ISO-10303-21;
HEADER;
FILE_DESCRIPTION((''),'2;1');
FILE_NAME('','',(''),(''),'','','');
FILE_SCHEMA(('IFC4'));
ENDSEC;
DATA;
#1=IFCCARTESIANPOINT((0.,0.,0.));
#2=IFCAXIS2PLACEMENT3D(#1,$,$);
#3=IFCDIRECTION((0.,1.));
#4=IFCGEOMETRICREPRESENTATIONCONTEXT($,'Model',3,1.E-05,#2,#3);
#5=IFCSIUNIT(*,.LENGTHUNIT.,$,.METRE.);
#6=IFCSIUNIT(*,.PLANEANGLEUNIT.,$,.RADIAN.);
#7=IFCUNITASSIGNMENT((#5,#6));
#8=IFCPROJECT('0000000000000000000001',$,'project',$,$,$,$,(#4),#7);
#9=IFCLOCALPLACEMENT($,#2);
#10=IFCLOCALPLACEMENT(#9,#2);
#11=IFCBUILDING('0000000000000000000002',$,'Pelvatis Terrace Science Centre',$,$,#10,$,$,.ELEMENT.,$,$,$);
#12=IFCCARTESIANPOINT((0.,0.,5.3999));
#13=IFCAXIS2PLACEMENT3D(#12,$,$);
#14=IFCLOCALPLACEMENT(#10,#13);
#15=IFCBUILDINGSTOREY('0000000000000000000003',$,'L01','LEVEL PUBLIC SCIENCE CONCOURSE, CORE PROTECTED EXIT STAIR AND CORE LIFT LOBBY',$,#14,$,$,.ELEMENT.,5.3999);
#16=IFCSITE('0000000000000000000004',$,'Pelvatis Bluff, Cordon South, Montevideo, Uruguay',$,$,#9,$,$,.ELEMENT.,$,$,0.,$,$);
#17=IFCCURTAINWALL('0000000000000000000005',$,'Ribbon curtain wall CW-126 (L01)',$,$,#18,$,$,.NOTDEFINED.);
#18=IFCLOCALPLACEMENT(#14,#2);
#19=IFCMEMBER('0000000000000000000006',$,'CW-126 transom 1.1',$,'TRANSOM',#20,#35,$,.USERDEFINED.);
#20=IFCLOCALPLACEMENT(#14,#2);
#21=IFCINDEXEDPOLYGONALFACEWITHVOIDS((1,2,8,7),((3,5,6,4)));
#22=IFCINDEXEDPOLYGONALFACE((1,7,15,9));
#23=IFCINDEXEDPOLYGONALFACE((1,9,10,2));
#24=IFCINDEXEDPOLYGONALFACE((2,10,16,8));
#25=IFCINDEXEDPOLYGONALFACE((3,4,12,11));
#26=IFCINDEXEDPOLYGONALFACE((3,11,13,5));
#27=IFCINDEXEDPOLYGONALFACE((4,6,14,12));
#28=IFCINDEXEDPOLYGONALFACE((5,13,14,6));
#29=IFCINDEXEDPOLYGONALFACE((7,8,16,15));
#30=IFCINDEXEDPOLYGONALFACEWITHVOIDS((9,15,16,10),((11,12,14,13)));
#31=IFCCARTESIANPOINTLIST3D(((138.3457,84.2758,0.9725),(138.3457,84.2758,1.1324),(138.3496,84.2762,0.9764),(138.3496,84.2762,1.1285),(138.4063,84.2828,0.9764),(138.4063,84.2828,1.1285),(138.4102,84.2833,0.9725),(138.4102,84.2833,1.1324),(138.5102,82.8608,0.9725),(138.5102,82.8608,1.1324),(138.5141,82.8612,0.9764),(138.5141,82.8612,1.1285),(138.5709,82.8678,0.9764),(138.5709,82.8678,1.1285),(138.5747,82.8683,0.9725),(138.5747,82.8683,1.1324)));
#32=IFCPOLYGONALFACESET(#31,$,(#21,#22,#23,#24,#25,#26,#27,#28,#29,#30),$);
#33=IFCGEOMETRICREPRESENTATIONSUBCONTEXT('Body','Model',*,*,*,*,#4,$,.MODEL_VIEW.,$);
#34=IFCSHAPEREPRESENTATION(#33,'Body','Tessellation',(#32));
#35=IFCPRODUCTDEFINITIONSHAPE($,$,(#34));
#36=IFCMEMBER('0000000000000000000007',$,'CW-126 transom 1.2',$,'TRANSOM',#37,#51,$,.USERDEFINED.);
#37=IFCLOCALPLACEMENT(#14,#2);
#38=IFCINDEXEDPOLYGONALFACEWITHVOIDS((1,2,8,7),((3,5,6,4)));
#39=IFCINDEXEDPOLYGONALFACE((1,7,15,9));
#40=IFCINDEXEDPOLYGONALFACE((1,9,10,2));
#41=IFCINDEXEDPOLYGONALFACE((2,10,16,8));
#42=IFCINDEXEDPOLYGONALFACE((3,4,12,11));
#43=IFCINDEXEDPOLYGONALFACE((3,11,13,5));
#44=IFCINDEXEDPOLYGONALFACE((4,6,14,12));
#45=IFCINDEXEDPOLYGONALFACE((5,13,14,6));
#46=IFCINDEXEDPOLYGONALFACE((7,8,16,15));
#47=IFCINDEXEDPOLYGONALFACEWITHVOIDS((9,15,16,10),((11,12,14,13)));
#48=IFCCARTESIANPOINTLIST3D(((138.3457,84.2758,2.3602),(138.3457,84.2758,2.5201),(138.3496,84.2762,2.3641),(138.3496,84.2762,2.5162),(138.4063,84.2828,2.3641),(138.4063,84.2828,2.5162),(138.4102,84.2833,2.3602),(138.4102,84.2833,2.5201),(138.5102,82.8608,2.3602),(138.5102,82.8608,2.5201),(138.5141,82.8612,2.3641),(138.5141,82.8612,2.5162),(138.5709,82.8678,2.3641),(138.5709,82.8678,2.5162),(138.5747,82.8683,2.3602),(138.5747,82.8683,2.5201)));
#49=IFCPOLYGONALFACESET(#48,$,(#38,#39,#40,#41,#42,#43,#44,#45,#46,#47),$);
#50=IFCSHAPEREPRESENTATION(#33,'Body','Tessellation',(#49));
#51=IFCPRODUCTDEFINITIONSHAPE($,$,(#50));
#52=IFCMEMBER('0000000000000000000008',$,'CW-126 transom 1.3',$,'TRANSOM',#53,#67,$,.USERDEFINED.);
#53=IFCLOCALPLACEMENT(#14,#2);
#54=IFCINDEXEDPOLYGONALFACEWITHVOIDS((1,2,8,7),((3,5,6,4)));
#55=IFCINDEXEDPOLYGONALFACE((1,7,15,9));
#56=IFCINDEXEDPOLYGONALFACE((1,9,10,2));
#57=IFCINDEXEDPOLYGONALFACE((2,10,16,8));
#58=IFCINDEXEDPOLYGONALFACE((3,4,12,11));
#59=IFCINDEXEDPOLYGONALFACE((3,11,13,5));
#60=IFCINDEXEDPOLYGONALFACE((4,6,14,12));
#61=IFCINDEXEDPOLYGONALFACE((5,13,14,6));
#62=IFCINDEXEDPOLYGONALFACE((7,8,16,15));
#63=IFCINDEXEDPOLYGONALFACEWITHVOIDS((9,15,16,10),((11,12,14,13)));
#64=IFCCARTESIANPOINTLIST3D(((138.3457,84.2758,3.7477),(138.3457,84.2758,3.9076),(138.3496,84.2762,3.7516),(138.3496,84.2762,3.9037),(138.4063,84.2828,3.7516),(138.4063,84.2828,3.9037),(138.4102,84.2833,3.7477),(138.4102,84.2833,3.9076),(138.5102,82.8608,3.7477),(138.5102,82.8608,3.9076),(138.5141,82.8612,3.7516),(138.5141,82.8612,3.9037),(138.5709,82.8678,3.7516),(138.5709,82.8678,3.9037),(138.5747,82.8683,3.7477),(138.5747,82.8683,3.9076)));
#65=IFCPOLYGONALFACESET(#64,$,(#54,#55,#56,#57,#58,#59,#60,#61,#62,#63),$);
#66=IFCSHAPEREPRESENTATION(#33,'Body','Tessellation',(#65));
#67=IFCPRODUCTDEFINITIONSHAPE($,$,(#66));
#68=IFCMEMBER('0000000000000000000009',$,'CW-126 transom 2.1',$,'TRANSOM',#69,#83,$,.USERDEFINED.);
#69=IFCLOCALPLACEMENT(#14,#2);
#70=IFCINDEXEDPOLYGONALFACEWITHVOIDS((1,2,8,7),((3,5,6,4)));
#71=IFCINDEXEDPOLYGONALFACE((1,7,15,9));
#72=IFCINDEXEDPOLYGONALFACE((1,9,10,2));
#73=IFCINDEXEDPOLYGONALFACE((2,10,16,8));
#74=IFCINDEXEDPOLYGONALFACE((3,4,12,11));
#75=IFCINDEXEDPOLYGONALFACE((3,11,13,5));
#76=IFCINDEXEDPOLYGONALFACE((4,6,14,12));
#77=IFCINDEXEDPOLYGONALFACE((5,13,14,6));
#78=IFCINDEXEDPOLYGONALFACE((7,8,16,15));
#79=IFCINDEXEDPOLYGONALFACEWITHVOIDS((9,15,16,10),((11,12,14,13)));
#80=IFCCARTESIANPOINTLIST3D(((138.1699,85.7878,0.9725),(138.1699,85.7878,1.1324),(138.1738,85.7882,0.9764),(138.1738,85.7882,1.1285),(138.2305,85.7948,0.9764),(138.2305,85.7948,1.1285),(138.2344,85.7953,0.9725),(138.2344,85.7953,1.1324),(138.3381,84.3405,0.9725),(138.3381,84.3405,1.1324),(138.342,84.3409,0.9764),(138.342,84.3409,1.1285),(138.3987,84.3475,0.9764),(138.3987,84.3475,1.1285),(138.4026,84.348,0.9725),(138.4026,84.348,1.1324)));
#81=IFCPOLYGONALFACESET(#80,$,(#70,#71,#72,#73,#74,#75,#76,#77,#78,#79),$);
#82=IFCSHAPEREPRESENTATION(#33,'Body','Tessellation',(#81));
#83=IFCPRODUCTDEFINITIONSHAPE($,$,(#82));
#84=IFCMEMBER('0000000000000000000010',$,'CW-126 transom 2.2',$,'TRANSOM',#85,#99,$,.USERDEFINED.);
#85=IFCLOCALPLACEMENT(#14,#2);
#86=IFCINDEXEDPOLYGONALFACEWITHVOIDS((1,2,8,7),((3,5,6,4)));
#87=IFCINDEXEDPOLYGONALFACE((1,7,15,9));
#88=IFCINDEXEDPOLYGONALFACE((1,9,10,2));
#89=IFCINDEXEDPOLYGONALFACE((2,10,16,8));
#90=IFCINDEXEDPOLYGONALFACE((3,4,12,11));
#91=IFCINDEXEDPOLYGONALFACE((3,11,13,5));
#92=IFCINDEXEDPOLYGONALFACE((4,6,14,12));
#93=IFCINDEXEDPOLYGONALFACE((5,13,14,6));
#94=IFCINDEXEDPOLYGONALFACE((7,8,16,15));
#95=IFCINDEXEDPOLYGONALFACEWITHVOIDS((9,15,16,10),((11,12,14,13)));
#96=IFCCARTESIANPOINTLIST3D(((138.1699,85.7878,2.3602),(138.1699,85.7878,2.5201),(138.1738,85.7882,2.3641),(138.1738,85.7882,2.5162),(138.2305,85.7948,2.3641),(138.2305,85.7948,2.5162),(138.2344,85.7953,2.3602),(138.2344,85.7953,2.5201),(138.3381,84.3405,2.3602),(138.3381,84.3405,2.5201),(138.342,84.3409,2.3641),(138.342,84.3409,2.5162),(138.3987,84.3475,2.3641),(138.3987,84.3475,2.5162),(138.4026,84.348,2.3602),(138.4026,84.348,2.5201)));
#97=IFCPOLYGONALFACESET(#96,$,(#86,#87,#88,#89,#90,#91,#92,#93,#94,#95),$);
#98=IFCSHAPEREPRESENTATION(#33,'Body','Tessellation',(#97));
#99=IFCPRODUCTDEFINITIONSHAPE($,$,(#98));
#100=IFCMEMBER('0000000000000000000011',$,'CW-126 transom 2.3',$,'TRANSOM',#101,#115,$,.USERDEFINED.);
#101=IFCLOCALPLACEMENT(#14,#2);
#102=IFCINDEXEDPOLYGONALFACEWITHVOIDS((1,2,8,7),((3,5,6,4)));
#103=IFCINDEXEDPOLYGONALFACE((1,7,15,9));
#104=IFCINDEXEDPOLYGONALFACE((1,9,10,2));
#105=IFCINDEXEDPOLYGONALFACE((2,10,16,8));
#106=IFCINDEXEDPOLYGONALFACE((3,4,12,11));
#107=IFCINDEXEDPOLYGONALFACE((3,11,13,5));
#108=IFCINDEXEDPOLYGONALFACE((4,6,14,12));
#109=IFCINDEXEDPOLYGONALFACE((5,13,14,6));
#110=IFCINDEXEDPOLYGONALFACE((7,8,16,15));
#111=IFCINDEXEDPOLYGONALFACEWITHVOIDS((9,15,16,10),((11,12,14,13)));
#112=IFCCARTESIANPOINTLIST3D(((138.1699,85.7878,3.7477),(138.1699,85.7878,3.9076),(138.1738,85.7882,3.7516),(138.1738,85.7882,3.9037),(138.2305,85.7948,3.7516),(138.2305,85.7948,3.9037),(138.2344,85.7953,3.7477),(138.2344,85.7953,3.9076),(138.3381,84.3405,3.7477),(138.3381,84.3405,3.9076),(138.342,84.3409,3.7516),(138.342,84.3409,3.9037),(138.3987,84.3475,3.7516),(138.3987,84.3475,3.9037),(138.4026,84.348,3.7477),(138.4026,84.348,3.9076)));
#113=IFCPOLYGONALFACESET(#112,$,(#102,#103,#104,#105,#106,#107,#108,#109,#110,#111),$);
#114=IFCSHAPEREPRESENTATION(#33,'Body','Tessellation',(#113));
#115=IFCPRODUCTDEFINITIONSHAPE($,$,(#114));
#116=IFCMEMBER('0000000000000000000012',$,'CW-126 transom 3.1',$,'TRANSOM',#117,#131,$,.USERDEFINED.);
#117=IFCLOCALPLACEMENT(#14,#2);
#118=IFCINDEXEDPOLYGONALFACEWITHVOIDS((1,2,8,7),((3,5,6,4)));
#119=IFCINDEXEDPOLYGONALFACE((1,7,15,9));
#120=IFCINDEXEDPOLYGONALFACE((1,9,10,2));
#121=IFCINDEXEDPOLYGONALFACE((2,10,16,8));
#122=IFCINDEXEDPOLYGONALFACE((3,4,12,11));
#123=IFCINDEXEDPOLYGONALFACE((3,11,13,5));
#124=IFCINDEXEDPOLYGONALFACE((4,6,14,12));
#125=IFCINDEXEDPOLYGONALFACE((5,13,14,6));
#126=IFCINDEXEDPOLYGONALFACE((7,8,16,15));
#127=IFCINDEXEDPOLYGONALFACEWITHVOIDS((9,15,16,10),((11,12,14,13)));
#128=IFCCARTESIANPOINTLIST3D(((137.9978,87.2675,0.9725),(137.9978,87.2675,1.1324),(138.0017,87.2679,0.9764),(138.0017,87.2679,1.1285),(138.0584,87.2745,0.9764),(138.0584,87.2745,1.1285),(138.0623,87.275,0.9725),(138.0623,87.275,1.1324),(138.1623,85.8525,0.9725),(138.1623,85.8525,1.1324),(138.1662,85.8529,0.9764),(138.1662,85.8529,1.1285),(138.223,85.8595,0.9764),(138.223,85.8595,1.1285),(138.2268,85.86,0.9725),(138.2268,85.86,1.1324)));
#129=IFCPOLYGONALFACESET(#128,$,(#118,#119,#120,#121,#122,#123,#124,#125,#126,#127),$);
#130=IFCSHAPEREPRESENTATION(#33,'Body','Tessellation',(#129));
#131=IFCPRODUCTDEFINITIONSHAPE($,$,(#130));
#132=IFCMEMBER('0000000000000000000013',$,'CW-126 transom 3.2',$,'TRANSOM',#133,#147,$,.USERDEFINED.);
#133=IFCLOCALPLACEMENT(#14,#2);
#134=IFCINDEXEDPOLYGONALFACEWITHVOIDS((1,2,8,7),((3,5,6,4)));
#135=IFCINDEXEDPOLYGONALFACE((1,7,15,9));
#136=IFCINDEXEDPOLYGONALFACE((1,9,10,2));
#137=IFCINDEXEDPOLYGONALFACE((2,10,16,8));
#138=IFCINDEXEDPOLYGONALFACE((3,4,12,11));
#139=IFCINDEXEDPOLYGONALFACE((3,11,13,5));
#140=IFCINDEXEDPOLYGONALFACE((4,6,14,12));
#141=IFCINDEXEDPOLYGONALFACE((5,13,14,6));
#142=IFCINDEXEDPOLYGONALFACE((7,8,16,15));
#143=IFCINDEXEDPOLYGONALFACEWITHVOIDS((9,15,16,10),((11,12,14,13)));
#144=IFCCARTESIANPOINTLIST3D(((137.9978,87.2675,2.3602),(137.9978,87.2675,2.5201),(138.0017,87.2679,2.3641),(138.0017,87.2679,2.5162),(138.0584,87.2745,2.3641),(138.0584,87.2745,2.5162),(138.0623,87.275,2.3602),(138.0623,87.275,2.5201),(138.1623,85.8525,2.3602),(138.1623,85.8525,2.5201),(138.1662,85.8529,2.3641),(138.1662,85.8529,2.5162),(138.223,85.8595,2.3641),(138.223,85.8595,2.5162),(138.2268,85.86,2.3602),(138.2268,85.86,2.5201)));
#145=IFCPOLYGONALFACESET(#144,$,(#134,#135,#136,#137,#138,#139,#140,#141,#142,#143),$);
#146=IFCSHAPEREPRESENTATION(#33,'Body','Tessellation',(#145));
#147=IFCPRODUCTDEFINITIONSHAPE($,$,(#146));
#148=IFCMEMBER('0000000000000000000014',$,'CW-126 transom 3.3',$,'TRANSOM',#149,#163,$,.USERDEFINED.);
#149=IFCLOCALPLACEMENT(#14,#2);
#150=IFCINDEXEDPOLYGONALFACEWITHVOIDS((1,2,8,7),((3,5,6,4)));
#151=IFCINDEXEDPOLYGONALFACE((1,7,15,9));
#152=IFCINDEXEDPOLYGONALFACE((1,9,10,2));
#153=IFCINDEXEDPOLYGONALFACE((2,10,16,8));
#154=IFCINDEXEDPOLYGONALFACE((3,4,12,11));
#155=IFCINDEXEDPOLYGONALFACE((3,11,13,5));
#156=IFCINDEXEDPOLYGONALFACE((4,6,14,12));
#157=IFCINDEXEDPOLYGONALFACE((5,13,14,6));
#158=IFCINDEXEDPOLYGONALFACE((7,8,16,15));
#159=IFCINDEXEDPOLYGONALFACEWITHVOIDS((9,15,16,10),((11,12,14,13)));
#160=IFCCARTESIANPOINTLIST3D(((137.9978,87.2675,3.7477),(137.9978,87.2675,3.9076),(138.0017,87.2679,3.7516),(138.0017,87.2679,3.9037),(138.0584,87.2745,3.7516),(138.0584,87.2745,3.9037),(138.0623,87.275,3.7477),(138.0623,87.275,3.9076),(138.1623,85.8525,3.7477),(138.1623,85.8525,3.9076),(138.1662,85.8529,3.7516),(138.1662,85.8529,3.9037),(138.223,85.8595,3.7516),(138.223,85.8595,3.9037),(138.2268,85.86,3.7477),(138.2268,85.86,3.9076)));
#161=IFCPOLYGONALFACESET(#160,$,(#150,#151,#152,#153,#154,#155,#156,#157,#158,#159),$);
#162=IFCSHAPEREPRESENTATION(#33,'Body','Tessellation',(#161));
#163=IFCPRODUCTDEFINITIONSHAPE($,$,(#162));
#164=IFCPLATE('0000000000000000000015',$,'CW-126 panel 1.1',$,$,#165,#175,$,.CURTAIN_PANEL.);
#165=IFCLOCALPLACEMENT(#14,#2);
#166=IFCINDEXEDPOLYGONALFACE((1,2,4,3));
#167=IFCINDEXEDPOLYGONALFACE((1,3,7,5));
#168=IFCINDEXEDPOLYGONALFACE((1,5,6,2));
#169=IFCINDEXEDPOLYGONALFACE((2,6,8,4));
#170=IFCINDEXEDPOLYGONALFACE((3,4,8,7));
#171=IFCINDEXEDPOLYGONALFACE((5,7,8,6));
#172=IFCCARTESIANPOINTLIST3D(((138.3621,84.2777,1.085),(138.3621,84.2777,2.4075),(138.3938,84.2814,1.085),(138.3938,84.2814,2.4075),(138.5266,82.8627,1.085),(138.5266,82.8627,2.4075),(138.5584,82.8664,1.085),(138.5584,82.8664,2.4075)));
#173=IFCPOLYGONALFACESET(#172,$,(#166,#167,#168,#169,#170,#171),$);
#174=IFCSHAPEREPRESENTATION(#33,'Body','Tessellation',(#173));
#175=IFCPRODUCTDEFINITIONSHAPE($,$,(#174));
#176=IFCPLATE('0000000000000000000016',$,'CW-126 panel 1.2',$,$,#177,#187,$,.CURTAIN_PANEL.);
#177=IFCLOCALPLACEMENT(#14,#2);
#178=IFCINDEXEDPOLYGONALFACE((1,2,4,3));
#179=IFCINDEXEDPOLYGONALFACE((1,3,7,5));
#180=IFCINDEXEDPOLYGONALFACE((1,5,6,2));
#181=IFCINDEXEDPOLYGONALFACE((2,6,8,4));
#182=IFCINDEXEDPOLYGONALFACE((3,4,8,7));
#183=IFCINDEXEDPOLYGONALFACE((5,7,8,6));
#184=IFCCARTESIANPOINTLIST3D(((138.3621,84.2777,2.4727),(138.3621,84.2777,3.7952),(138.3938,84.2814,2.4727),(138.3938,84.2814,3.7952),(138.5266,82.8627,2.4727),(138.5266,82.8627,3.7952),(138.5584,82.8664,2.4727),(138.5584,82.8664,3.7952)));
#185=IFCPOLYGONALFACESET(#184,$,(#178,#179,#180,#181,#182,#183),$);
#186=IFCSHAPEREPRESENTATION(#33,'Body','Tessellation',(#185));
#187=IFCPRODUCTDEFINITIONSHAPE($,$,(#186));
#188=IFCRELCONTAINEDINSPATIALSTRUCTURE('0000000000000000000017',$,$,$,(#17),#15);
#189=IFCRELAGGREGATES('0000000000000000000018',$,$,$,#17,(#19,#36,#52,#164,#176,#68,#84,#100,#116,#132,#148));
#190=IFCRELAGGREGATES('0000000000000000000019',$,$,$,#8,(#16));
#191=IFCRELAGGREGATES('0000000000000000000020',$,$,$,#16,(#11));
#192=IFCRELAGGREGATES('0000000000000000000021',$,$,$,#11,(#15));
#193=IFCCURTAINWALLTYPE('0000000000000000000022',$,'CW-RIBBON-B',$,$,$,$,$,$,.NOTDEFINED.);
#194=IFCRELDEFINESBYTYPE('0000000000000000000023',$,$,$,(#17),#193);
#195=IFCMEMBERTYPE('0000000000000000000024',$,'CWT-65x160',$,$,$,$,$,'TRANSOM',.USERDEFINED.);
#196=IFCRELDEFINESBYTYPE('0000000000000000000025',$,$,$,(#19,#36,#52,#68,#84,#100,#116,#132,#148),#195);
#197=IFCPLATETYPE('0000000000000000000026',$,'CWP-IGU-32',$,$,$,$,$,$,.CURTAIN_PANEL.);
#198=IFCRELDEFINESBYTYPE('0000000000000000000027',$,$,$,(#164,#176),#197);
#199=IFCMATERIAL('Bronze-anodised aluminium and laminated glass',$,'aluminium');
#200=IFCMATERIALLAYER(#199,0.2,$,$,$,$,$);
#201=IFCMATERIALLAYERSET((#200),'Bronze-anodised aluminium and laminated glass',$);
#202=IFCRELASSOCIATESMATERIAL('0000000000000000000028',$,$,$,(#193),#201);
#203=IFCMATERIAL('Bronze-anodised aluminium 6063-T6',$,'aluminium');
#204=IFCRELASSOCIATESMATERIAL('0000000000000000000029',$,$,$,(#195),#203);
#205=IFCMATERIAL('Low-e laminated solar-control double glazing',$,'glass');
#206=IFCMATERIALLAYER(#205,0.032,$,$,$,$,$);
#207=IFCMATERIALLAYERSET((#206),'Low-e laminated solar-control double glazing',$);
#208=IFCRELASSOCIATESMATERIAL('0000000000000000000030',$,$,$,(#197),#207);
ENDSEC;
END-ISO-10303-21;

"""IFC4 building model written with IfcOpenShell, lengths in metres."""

from ifc_helpers import new_model, si_unit, direction, frame, origin, origin_2d, place, context, subcontext, project, spatial, rectangle, hollow_rectangle, extrude, material, layer, layer_set, material_profile, profile_set, type_object, element, aggregate, save


model = new_model("IFC4")

# Units and contexts
model_context = context("Model", 3, precision=1e-05, world=origin(), true_north=direction((0.0, 1.0)))
body_context = subcontext(model_context, "Body", "Model", "MODEL_VIEW")
ifc_project = project(units=[si_unit("LENGTHUNIT", "METRE"), si_unit("PLANEANGLEUNIT", "RADIAN")], contexts=[model_context])

# Site, building, storey
site_placement = place(None, origin())
site = spatial("IfcSite", under=ifc_project, at=site_placement, Name="Pelvatis Bluff, Cordon South, Montevideo, Uruguay", CompositionType="ELEMENT", RefElevation=0.0)
building_placement = place(site_placement, origin())
building = spatial("IfcBuilding", under=site, at=building_placement, Name="Pelvatis Terrace Science Centre", CompositionType="ELEMENT")
storey_placement = place(building_placement, frame((0.0, 0.0, 5.3999)))
storey = spatial("IfcBuildingStorey", under=building, at=storey_placement, Name="L01", Description="LEVEL PUBLIC SCIENCE CONCOURSE, CORE PROTECTED EXIT STAIR AND CORE LIFT LOBBY", CompositionType="ELEMENT", Elevation=5.3999)

# Curtain wall
ifc_material_1 = material(Name="Bronze-anodised aluminium and laminated glass", Category="aluminium")
ifc_layer_1 = layer(ifc_material_1, 0.2)
ifc_layer_set_1 = layer_set([ifc_layer_1], Name="Bronze-anodised aluminium and laminated glass")
curtain_wall_type = type_object("IfcCurtainWallType", Name="CW-RIBBON-B", PredefinedType="NOTDEFINED", material=ifc_layer_set_1)
curtain_wall_1_placement = place(storey_placement, origin())
curtain_wall_1 = element("IfcCurtainWall", 1, at=curtain_wall_1_placement, inside=storey, type_object=curtain_wall_type, Name="Ribbon curtain wall CW-126 (L01)", PredefinedType="NOTDEFINED")

# Members
ifc_material_2 = material(Name="Bronze-anodised aluminium 6063-T6", Category="aluminium")
ifc_material_profile_1 = material_profile(ifc_material_2, hollow_rectangle(XDim=0.0649, YDim=0.1599, WallThickness=0.0039, at=origin_2d()), Name="ALU-TRN 65x160")
ifc_profile_set_1 = profile_set([ifc_material_profile_1], Name="Bronze-anodised aluminium 6063-T6")
member_type_1 = type_object("IfcMemberType", Name="CWT-65x160", ElementType="TRANSOM", PredefinedType="USERDEFINED", material=ifc_profile_set_1)
member_1_placement = place(storey_placement, frame((138.5425, 82.8645, 1.0525), z_axis=(-0.115509, 0.993306, 0.0), x_axis=(-0.993306, -0.115509, 0.0)))
member_1 = element("IfcMember", 2, at=member_1_placement, type_object=member_type_1, Name="CW-126 transom 1.1", ObjectType="TRANSOM", PredefinedType="USERDEFINED", context=body_context, shape_type="SweptSolid", body=[
    extrude(hollow_rectangle(XDim=0.0649, YDim=0.1599, WallThickness=0.0039, at=origin_2d()), origin(), (0.0, 0.0, 1.0), 1.4246),
])
member_2_placement = place(storey_placement, frame((138.5425, 82.8645, 2.4402), z_axis=(-0.115509, 0.993306, 0.0), x_axis=(-0.993306, -0.115509, 0.0)))
member_2 = element("IfcMember", 3, at=member_2_placement, type_object=member_type_1, Name="CW-126 transom 1.2", ObjectType="TRANSOM", PredefinedType="USERDEFINED", context=body_context, shape_type="SweptSolid", body=[
    extrude(hollow_rectangle(XDim=0.0649, YDim=0.1599, WallThickness=0.0039, at=origin_2d()), origin(), (0.0, 0.0, 1.0), 1.4246),
])
member_3_placement = place(storey_placement, frame((138.5425, 82.8645, 3.8276), z_axis=(-0.115509, 0.993306, 0.0), x_axis=(-0.993306, -0.115509, 0.0)))
member_3 = element("IfcMember", 4, at=member_3_placement, type_object=member_type_1, Name="CW-126 transom 1.3", ObjectType="TRANSOM", PredefinedType="USERDEFINED", context=body_context, shape_type="SweptSolid", body=[
    extrude(hollow_rectangle(XDim=0.0649, YDim=0.1599, WallThickness=0.0039, at=origin_2d()), origin(), (0.0, 0.0, 1.0), 1.4246),
])
member_4_placement = place(storey_placement, frame((138.3704, 84.3442, 1.0525), z_axis=(-0.115451, 0.993313, 0.0), x_axis=(-0.993313, -0.115451, 0.0)))
member_4 = element("IfcMember", 5, at=member_4_placement, type_object=member_type_1, Name="CW-126 transom 2.1", ObjectType="TRANSOM", PredefinedType="USERDEFINED", context=body_context, shape_type="SweptSolid", body=[
    extrude(hollow_rectangle(XDim=0.0649, YDim=0.1599, WallThickness=0.0039, at=origin_2d()), origin(), (0.0, 0.0, 1.0), 1.457),
])
member_5_placement = place(storey_placement, frame((138.3704, 84.3442, 2.4402), z_axis=(-0.115451, 0.993313, 0.0), x_axis=(-0.993313, -0.115451, 0.0)))
member_5 = element("IfcMember", 6, at=member_5_placement, type_object=member_type_1, Name="CW-126 transom 2.2", ObjectType="TRANSOM", PredefinedType="USERDEFINED", context=body_context, shape_type="SweptSolid", body=[
    extrude(hollow_rectangle(XDim=0.0649, YDim=0.1599, WallThickness=0.0039, at=origin_2d()), origin(), (0.0, 0.0, 1.0), 1.457),
])
member_6_placement = place(storey_placement, frame((138.3704, 84.3442, 3.8276), z_axis=(-0.115451, 0.993313, 0.0), x_axis=(-0.993313, -0.115451, 0.0)))
member_6 = element("IfcMember", 7, at=member_6_placement, type_object=member_type_1, Name="CW-126 transom 2.3", ObjectType="TRANSOM", PredefinedType="USERDEFINED", context=body_context, shape_type="SweptSolid", body=[
    extrude(hollow_rectangle(XDim=0.0649, YDim=0.1599, WallThickness=0.0039, at=origin_2d()), origin(), (0.0, 0.0, 1.0), 1.457),
])
member_7_placement = place(storey_placement, frame((138.1946, 85.8562, 1.0525), z_axis=(-0.115509, 0.993306, 0.0), x_axis=(-0.993306, -0.115509, 0.0)))
member_7 = element("IfcMember", 8, at=member_7_placement, type_object=member_type_1, Name="CW-126 transom 3.1", ObjectType="TRANSOM", PredefinedType="USERDEFINED", context=body_context, shape_type="SweptSolid", body=[
    extrude(hollow_rectangle(XDim=0.0649, YDim=0.1599, WallThickness=0.0039, at=origin_2d()), origin(), (0.0, 0.0, 1.0), 1.4246),
])
member_8_placement = place(storey_placement, frame((138.1946, 85.8562, 2.4402), z_axis=(-0.115509, 0.993306, 0.0), x_axis=(-0.993306, -0.115509, 0.0)))
member_8 = element("IfcMember", 9, at=member_8_placement, type_object=member_type_1, Name="CW-126 transom 3.2", ObjectType="TRANSOM", PredefinedType="USERDEFINED", context=body_context, shape_type="SweptSolid", body=[
    extrude(hollow_rectangle(XDim=0.0649, YDim=0.1599, WallThickness=0.0039, at=origin_2d()), origin(), (0.0, 0.0, 1.0), 1.4246),
])
member_9_placement = place(storey_placement, frame((138.1946, 85.8562, 3.8276), z_axis=(-0.115509, 0.993306, 0.0), x_axis=(-0.993306, -0.115509, 0.0)))
member_9 = element("IfcMember", 10, at=member_9_placement, type_object=member_type_1, Name="CW-126 transom 3.3", ObjectType="TRANSOM", PredefinedType="USERDEFINED", context=body_context, shape_type="SweptSolid", body=[
    extrude(hollow_rectangle(XDim=0.0649, YDim=0.1599, WallThickness=0.0039, at=origin_2d()), origin(), (0.0, 0.0, 1.0), 1.4246),
])

# Plates
ifc_material_3 = material(Name="Low-e laminated solar-control double glazing", Category="glass")
ifc_layer_2 = layer(ifc_material_3, 0.032)
ifc_layer_set_2 = layer_set([ifc_layer_2], Name="Low-e laminated solar-control double glazing")
plate_type_1 = type_object("IfcPlateType", Name="CWP-IGU-32", PredefinedType="CURTAIN_PANEL", material=ifc_layer_set_2)
plate_1_placement = place(storey_placement, frame((138.4602, 83.572, 1.085), z_axis=(0.0, 0.0, 1.0), x_axis=(-0.115497, 0.993308, 0.0)))
plate_1 = element("IfcPlate", 11, at=plate_1_placement, type_object=plate_type_1, Name="CW-126 panel 1.1", PredefinedType="CURTAIN_PANEL", context=body_context, shape_type="SweptSolid", body=[
    extrude(rectangle(XDim=1.4246, YDim=0.032, at=origin_2d()), origin(), (0.0, 0.0, 1.0), 1.3225),
])
plate_2_placement = place(storey_placement, frame((138.4602, 83.572, 2.4727), z_axis=(0.0, 0.0, 1.0), x_axis=(-0.115497, 0.993308, 0.0)))
plate_2 = element("IfcPlate", 12, at=plate_2_placement, type_object=plate_type_1, Name="CW-126 panel 1.2", PredefinedType="CURTAIN_PANEL", context=body_context, shape_type="SweptSolid", body=[
    extrude(rectangle(XDim=1.4246, YDim=0.032, at=origin_2d()), origin(), (0.0, 0.0, 1.0), 1.3225),
])
aggregate(curtain_wall_1, [member_1, member_2, member_3, plate_1, plate_2, member_4, member_5, member_6, member_7, member_8, member_9])

save(model, "model.ifc")
